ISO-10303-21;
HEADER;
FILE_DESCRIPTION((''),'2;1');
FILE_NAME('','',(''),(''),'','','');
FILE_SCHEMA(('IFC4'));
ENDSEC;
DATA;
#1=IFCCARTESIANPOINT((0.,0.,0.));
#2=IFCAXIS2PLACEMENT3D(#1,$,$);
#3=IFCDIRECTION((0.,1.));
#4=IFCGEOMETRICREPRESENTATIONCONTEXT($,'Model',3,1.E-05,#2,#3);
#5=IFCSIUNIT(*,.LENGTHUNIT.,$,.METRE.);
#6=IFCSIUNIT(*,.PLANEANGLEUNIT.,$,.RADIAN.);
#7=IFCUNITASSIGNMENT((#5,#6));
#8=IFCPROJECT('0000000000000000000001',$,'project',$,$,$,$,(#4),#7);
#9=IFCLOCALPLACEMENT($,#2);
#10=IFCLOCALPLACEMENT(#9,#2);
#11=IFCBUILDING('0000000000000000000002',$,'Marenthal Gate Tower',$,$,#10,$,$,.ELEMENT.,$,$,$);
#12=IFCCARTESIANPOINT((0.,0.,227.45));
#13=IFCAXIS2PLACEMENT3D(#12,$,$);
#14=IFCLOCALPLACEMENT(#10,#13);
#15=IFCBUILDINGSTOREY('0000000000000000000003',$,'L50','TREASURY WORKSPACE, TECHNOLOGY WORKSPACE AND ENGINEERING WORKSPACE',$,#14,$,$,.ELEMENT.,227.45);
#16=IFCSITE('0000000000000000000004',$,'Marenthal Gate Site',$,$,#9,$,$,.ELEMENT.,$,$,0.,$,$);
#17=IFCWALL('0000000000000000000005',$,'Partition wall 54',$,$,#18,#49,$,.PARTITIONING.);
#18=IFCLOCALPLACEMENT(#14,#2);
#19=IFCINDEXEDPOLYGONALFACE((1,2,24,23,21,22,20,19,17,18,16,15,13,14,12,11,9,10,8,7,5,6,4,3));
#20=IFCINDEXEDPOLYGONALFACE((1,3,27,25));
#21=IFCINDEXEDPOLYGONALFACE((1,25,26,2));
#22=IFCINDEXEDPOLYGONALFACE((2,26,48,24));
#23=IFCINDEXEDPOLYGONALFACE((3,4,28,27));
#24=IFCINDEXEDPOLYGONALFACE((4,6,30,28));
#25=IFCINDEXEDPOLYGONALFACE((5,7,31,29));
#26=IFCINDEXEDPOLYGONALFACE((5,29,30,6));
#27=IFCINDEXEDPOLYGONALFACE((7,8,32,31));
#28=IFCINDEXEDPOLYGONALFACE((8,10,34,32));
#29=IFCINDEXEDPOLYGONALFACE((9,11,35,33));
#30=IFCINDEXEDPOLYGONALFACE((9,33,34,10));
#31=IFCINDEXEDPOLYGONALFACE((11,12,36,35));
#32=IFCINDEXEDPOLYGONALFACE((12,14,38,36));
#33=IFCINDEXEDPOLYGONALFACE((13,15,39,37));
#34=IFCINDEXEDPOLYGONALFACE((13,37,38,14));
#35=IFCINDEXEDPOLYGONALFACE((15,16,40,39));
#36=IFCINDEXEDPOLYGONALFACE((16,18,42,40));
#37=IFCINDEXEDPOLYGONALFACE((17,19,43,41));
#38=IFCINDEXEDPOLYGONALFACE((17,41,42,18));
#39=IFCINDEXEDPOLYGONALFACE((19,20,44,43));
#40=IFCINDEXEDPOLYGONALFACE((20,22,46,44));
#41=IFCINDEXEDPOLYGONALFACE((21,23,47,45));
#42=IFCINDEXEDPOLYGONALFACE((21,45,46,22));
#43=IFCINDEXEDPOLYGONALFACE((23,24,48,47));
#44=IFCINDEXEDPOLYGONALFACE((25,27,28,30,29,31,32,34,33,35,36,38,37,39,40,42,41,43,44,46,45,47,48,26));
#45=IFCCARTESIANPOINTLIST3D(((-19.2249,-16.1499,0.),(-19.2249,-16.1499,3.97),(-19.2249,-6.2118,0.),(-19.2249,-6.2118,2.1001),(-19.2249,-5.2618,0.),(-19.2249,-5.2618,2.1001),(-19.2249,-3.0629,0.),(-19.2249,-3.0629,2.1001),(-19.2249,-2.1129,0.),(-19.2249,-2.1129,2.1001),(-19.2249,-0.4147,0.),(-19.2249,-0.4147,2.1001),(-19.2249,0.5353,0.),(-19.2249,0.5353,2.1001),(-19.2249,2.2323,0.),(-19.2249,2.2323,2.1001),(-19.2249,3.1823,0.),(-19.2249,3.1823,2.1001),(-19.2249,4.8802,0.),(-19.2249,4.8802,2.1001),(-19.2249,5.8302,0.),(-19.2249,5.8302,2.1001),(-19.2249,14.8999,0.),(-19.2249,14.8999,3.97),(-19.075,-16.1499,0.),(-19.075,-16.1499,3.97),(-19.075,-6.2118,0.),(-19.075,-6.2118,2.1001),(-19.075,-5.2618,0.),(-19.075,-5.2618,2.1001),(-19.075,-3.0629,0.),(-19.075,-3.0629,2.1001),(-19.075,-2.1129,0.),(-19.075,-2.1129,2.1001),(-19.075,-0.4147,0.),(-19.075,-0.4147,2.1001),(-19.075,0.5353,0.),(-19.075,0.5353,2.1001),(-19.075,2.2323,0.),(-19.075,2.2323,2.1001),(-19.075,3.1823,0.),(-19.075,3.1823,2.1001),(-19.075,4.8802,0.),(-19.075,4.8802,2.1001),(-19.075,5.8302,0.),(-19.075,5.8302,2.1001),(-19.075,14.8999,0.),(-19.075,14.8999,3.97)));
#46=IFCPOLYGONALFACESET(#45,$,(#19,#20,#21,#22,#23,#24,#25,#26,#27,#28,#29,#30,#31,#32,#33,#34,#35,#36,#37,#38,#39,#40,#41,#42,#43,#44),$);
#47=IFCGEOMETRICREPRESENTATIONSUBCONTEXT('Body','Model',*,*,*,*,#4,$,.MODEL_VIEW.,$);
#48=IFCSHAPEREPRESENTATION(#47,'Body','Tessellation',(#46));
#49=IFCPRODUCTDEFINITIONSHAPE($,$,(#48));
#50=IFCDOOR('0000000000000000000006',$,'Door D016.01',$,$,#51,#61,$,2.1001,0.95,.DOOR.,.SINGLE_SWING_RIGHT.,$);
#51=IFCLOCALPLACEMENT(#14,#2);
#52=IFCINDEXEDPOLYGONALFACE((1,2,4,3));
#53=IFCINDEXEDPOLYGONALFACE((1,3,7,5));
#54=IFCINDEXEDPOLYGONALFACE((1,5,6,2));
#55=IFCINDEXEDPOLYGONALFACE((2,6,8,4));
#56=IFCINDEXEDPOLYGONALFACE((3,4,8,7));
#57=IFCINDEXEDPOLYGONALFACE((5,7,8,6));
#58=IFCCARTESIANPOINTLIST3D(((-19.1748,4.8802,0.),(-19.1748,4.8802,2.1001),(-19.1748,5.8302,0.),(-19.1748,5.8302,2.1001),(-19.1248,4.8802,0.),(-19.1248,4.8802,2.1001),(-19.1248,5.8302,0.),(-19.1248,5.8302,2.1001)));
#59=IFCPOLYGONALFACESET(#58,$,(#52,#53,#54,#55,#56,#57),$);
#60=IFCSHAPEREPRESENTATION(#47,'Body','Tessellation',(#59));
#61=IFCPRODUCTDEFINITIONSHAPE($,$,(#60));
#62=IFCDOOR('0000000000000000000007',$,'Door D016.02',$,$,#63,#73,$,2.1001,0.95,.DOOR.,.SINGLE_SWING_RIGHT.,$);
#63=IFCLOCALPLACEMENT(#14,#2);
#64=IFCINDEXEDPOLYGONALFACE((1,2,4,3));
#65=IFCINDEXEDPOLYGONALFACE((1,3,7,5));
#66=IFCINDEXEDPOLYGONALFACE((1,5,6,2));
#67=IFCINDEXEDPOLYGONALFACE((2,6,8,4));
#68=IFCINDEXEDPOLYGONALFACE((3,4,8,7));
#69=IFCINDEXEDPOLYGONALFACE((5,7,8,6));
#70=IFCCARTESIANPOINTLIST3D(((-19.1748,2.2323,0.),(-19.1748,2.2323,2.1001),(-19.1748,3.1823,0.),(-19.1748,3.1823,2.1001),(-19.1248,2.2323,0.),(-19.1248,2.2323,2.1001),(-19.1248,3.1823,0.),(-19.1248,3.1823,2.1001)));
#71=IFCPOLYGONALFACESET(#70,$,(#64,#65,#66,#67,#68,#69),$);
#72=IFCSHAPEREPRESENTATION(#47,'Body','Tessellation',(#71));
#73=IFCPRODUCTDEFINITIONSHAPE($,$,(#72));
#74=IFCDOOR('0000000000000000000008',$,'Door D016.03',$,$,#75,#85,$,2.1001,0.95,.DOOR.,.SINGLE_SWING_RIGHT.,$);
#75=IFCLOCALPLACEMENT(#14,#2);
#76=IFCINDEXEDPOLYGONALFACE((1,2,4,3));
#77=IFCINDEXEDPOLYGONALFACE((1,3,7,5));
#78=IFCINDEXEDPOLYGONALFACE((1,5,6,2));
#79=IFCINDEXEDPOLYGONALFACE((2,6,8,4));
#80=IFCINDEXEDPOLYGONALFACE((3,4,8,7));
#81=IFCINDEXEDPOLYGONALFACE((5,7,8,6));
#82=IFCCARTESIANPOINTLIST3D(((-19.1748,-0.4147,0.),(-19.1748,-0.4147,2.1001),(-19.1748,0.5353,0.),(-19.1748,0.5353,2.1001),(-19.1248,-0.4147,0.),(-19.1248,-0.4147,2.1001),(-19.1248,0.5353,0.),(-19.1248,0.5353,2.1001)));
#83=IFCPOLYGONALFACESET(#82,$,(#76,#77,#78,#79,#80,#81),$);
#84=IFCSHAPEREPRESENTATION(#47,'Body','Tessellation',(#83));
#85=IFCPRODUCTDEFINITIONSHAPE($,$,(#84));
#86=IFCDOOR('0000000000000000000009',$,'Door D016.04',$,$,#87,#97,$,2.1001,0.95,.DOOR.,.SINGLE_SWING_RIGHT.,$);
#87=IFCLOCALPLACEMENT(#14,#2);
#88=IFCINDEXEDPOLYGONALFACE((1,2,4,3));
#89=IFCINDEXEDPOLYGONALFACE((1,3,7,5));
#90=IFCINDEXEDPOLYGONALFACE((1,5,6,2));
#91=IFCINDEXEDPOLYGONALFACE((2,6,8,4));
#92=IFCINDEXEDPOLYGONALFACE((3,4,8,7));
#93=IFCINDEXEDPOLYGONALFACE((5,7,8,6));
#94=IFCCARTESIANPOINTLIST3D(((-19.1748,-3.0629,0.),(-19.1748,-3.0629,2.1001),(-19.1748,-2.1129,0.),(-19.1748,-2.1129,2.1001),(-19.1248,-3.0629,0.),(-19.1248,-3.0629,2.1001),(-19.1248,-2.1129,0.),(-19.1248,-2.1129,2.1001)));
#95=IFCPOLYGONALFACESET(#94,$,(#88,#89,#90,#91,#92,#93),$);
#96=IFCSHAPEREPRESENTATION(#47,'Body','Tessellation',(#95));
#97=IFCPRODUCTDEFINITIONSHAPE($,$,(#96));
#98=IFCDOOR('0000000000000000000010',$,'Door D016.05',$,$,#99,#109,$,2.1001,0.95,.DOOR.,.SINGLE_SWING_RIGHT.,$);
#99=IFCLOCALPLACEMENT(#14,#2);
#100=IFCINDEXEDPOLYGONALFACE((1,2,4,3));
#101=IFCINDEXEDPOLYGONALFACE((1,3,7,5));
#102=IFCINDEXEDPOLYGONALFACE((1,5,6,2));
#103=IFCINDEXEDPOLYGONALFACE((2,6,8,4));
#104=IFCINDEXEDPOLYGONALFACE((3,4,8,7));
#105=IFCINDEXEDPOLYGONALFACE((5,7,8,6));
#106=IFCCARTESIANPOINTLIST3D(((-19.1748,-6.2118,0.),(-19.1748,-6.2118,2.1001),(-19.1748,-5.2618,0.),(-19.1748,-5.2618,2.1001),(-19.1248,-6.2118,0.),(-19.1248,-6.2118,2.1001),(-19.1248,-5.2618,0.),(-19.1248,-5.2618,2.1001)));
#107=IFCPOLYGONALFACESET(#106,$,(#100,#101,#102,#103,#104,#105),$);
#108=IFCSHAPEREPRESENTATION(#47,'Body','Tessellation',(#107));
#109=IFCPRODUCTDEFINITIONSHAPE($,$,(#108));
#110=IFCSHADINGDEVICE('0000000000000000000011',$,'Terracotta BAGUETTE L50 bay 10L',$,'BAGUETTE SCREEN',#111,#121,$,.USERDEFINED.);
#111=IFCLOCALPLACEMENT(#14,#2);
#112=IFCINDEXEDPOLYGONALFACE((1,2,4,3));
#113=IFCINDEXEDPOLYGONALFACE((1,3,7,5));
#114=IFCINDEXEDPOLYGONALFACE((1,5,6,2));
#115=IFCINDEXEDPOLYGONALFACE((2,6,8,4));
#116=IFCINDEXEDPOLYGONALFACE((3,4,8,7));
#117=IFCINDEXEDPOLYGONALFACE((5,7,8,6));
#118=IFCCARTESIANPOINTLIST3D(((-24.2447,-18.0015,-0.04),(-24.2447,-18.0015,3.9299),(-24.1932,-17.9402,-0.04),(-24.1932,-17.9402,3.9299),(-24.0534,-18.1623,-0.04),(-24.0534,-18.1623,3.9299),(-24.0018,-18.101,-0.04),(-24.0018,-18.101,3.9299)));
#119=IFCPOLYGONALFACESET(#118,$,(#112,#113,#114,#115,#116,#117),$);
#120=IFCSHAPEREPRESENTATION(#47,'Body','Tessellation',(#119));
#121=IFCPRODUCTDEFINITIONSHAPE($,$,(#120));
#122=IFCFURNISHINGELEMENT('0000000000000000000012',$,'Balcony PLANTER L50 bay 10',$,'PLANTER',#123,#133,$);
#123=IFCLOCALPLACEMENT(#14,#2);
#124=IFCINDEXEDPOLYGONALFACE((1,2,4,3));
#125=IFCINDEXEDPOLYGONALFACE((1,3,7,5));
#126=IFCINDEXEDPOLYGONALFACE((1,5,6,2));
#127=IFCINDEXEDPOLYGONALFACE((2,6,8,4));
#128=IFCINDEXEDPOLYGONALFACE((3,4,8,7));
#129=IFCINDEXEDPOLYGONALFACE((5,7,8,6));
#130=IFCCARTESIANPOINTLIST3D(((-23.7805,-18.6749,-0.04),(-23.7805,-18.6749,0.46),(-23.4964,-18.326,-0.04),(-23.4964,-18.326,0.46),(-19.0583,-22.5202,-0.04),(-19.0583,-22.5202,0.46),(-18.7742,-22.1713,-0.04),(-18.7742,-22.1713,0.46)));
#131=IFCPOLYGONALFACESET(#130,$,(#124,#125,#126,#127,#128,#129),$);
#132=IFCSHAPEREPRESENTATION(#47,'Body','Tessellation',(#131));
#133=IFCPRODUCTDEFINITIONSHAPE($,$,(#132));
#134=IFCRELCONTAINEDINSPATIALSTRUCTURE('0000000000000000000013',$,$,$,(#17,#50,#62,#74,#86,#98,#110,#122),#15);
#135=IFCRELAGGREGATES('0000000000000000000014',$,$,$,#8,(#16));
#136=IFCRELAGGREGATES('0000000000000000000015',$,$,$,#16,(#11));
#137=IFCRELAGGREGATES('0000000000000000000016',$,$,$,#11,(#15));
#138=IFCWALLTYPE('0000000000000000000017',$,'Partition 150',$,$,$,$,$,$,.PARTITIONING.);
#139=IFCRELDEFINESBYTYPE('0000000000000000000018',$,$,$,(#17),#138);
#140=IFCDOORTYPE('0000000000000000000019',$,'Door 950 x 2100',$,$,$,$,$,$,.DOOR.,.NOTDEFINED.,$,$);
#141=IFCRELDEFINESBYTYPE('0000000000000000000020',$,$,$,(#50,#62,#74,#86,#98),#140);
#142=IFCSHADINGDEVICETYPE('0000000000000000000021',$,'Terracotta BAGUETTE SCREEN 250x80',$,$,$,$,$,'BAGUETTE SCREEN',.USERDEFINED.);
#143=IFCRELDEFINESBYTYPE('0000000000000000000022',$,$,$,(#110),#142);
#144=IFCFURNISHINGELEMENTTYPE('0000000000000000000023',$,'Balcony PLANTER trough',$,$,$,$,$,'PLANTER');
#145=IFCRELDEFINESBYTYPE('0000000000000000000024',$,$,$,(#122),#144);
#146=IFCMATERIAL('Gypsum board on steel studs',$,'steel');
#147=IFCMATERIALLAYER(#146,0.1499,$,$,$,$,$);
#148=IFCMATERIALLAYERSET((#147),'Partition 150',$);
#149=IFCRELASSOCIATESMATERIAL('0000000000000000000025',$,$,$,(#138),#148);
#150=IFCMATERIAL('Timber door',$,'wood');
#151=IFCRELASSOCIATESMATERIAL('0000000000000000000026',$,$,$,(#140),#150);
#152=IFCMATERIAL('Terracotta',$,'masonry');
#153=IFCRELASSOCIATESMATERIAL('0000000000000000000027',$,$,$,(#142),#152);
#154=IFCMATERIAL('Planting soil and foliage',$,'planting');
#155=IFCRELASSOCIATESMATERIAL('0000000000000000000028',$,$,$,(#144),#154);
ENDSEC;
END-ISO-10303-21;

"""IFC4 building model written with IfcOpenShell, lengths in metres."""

from ifc_helpers import new_model, si_unit, direction, frame, frame_2d, origin, origin_2d, place, context, subcontext, project, spatial, rectangle, extrude, material, layer, layer_set, material_profile, profile_set, type_object, element, fill, save


model = new_model("IFC4")

# Units and contexts
model_context = context("Model", 3, precision=1e-05, world=origin(), true_north=direction((0.0, 1.0)))
body_context = subcontext(model_context, "Body", "Model", "MODEL_VIEW")
ifc_project = project(units=[si_unit("LENGTHUNIT", "METRE"), si_unit("PLANEANGLEUNIT", "RADIAN")], contexts=[model_context])

# Site, building, storey
site_placement = place(None, origin())
site = spatial("IfcSite", under=ifc_project, at=site_placement, Name="Marenthal Gate Site", CompositionType="ELEMENT", RefElevation=0.0)
building_placement = place(site_placement, origin())
building = spatial("IfcBuilding", under=site, at=building_placement, Name="Marenthal Gate Tower", CompositionType="ELEMENT")
storey_placement = place(building_placement, frame((0.0, 0.0, 227.45)))
storey = spatial("IfcBuildingStorey", under=building, at=storey_placement, Name="L50", Description="TREASURY WORKSPACE, TECHNOLOGY WORKSPACE AND ENGINEERING WORKSPACE", CompositionType="ELEMENT", Elevation=227.45)

# Wall, openings, doors
ifc_material_1 = material(Name="Gypsum board on steel studs", Category="steel")
ifc_layer_1 = layer(ifc_material_1, 0.1499)
ifc_layer_set_1 = layer_set([ifc_layer_1], Name="Partition 150")
wall_type_1 = type_object("IfcWallType", Name="Partition 150", PredefinedType="PARTITIONING", material=ifc_layer_set_1)
wall_1_placement = place(storey_placement, frame((-19.1499, -16.1499, 0.0), z_axis=(0.0, 0.0, 1.0), x_axis=(0.0, 1.0, 0.0)))
wall_1 = element("IfcWall", 1, at=wall_1_placement, inside=storey, type_object=wall_type_1, Name="Partition wall 54", PredefinedType="PARTITIONING", context=body_context, shape_type="SweptSolid", body=[
    extrude(rectangle(XDim=31.0498, YDim=0.1499, at=frame_2d((15.5249, 0.0))), origin(), (0.0, 0.0, 1.0), 3.97),
])
opening_1_placement = place(wall_1_placement, frame((21.03, 0.0, 0.0)))
opening_1 = element("IfcOpeningElement", 2, at=opening_1_placement, cuts=wall_1, PredefinedType="OPENING", context=body_context, shape_type="SweptSolid", body=[
    extrude(rectangle(XDim=0.95, YDim=2.1001, at=frame_2d((0.4751, 1.05))), frame((0.0, 0.085, 0.0), z_axis=(0.0, -1.0, 0.0), x_axis=(1.0, 0.0, 0.0)), (0.0, 0.0, 1.0), 0.1699),
])
opening_2_placement = place(wall_1_placement, frame((18.3821, 0.0, 0.0)))
opening_2 = element("IfcOpeningElement", 3, at=opening_2_placement, cuts=wall_1, PredefinedType="OPENING", context=body_context, shape_type="SweptSolid", body=[
    extrude(rectangle(XDim=0.95, YDim=2.1001, at=frame_2d((0.4751, 1.05))), frame((0.0, 0.085, 0.0), z_axis=(0.0, -1.0, 0.0), x_axis=(1.0, 0.0, 0.0)), (0.0, 0.0, 1.0), 0.1699),
])
opening_3_placement = place(wall_1_placement, frame((15.7351, 0.0, 0.0)))
opening_3 = element("IfcOpeningElement", 4, at=opening_3_placement, cuts=wall_1, PredefinedType="OPENING", context=body_context, shape_type="SweptSolid", body=[
    extrude(rectangle(XDim=0.95, YDim=2.1001, at=frame_2d((0.4751, 1.05))), frame((0.0, 0.085, 0.0), z_axis=(0.0, -1.0, 0.0), x_axis=(1.0, 0.0, 0.0)), (0.0, 0.0, 1.0), 0.1699),
])
opening_4_placement = place(wall_1_placement, frame((13.0869, 0.0, 0.0)))
opening_4 = element("IfcOpeningElement", 5, at=opening_4_placement, cuts=wall_1, PredefinedType="OPENING", context=body_context, shape_type="SweptSolid", body=[
    extrude(rectangle(XDim=0.95, YDim=2.1001, at=frame_2d((0.4751, 1.05))), frame((0.0, 0.085, 0.0), z_axis=(0.0, -1.0, 0.0), x_axis=(1.0, 0.0, 0.0)), (0.0, 0.0, 1.0), 0.1699),
])
opening_5_placement = place(wall_1_placement, frame((9.938, 0.0, 0.0)))
opening_5 = element("IfcOpeningElement", 6, at=opening_5_placement, cuts=wall_1, PredefinedType="OPENING", context=body_context, shape_type="SweptSolid", body=[
    extrude(rectangle(XDim=0.95, YDim=2.1001, at=frame_2d((0.4751, 1.05))), frame((0.0, 0.085, 0.0), z_axis=(0.0, -1.0, 0.0), x_axis=(1.0, 0.0, 0.0)), (0.0, 0.0, 1.0), 0.1699),
])
ifc_material_2 = material(Name="Timber door", Category="wood")
door_type_1 = type_object("IfcDoorType", Name="Door 950 x 2100", OperationType="NOTDEFINED", PredefinedType="DOOR", material=ifc_material_2)
door_1_placement = place(opening_1_placement, origin())
door_1 = element("IfcDoor", 7, at=door_1_placement, inside=storey, type_object=door_type_1, Name="Door D016.01", OperationType="SINGLE_SWING_RIGHT", OverallHeight=2.1001, OverallWidth=0.95, PredefinedType="DOOR", context=body_context, shape_type="SweptSolid", body=[
    extrude(rectangle(XDim=0.95, YDim=2.1001, at=frame_2d((0.4751, 1.05))), frame((0.0, 0.0249, 0.0), z_axis=(0.0, -1.0, 0.0), x_axis=(1.0, 0.0, 0.0)), (0.0, 0.0, 1.0), 0.05),
])
fill(opening_1, door_1)
door_2_placement = place(opening_2_placement, origin())
door_2 = element("IfcDoor", 8, at=door_2_placement, inside=storey, type_object=door_type_1, Name="Door D016.02", OperationType="SINGLE_SWING_RIGHT", OverallHeight=2.1001, OverallWidth=0.95, PredefinedType="DOOR", context=body_context, shape_type="SweptSolid", body=[
    extrude(rectangle(XDim=0.95, YDim=2.1001, at=frame_2d((0.4751, 1.05))), frame((0.0, 0.0249, 0.0), z_axis=(0.0, -1.0, 0.0), x_axis=(1.0, 0.0, 0.0)), (0.0, 0.0, 1.0), 0.05),
])
fill(opening_2, door_2)
door_3_placement = place(opening_3_placement, origin())
door_3 = element("IfcDoor", 9, at=door_3_placement, inside=storey, type_object=door_type_1, Name="Door D016.03", OperationType="SINGLE_SWING_RIGHT", OverallHeight=2.1001, OverallWidth=0.95, PredefinedType="DOOR", context=body_context, shape_type="SweptSolid", body=[
    extrude(rectangle(XDim=0.95, YDim=2.1001, at=frame_2d((0.4751, 1.05))), frame((0.0, 0.0249, 0.0), z_axis=(0.0, -1.0, 0.0), x_axis=(1.0, 0.0, 0.0)), (0.0, 0.0, 1.0), 0.05),
])
fill(opening_3, door_3)
door_4_placement = place(opening_4_placement, origin())
door_4 = element("IfcDoor", 10, at=door_4_placement, inside=storey, type_object=door_type_1, Name="Door D016.04", OperationType="SINGLE_SWING_RIGHT", OverallHeight=2.1001, OverallWidth=0.95, PredefinedType="DOOR", context=body_context, shape_type="SweptSolid", body=[
    extrude(rectangle(XDim=0.95, YDim=2.1001, at=frame_2d((0.4751, 1.05))), frame((0.0, 0.0249, 0.0), z_axis=(0.0, -1.0, 0.0), x_axis=(1.0, 0.0, 0.0)), (0.0, 0.0, 1.0), 0.05),
])
fill(opening_4, door_4)
door_5_placement = place(opening_5_placement, origin())
door_5 = element("IfcDoor", 11, at=door_5_placement, inside=storey, type_object=door_type_1, Name="Door D016.05", OperationType="SINGLE_SWING_RIGHT", OverallHeight=2.1001, OverallWidth=0.95, PredefinedType="DOOR", context=body_context, shape_type="SweptSolid", body=[
    extrude(rectangle(XDim=0.95, YDim=2.1001, at=frame_2d((0.4751, 1.05))), frame((0.0, 0.0249, 0.0), z_axis=(0.0, -1.0, 0.0), x_axis=(1.0, 0.0, 0.0)), (0.0, 0.0, 1.0), 0.05),
])
fill(opening_5, door_5)

# Shading device
ifc_material_3 = material(Name="Terracotta", Category="masonry")
ifc_material_profile_1 = material_profile(ifc_material_3, rectangle(XDim=0.25, YDim=0.0801, at=origin_2d()), Name="Terracotta baguette 250x80")
ifc_profile_set_1 = profile_set([ifc_material_profile_1], Name="Terracotta")
shading_device_type = type_object("IfcShadingDeviceType", Name="Terracotta BAGUETTE SCREEN 250x80", ElementType="BAGUETTE SCREEN", PredefinedType="USERDEFINED", material=ifc_profile_set_1)
shading_device_placement = place(storey_placement, frame((-24.1233, -18.0513, -0.04), z_axis=(0.0, 0.0, 1.0), x_axis=(0.765551, -0.643375, 0.0)))
element("IfcShadingDevice", 12, at=shading_device_placement, inside=storey, type_object=shading_device_type, Name="Terracotta BAGUETTE L50 bay 10L", ObjectType="BAGUETTE SCREEN", PredefinedType="USERDEFINED", context=body_context, shape_type="SweptSolid", body=[
    extrude(rectangle(XDim=0.25, YDim=0.0801, at=origin_2d()), origin(), (0.0, 0.0, 1.0), 3.97),
])

# Furnishing element
ifc_material_4 = material(Name="Planting soil and foliage", Category="planting")
furnishing_element_type = type_object("IfcFurnishingElementType", Name="Balcony PLANTER trough", ElementType="PLANTER", material=ifc_material_4)
furnishing_placement = place(storey_placement, frame((-21.2773, -20.4231, -0.04), z_axis=(0.0, 0.0, 1.0), x_axis=(0.775432, -0.631432, 0.0)))
element("IfcFurnishingElement", 13, at=furnishing_placement, inside=storey, type_object=furnishing_element_type, Name="Balcony PLANTER L50 bay 10", ObjectType="PLANTER", context=body_context, shape_type="SweptSolid", body=[
    extrude(rectangle(XDim=6.0898, YDim=0.45, at=origin_2d()), origin(), (0.0, 0.0, 1.0), 0.5),
])

save(model, "model.ifc")
